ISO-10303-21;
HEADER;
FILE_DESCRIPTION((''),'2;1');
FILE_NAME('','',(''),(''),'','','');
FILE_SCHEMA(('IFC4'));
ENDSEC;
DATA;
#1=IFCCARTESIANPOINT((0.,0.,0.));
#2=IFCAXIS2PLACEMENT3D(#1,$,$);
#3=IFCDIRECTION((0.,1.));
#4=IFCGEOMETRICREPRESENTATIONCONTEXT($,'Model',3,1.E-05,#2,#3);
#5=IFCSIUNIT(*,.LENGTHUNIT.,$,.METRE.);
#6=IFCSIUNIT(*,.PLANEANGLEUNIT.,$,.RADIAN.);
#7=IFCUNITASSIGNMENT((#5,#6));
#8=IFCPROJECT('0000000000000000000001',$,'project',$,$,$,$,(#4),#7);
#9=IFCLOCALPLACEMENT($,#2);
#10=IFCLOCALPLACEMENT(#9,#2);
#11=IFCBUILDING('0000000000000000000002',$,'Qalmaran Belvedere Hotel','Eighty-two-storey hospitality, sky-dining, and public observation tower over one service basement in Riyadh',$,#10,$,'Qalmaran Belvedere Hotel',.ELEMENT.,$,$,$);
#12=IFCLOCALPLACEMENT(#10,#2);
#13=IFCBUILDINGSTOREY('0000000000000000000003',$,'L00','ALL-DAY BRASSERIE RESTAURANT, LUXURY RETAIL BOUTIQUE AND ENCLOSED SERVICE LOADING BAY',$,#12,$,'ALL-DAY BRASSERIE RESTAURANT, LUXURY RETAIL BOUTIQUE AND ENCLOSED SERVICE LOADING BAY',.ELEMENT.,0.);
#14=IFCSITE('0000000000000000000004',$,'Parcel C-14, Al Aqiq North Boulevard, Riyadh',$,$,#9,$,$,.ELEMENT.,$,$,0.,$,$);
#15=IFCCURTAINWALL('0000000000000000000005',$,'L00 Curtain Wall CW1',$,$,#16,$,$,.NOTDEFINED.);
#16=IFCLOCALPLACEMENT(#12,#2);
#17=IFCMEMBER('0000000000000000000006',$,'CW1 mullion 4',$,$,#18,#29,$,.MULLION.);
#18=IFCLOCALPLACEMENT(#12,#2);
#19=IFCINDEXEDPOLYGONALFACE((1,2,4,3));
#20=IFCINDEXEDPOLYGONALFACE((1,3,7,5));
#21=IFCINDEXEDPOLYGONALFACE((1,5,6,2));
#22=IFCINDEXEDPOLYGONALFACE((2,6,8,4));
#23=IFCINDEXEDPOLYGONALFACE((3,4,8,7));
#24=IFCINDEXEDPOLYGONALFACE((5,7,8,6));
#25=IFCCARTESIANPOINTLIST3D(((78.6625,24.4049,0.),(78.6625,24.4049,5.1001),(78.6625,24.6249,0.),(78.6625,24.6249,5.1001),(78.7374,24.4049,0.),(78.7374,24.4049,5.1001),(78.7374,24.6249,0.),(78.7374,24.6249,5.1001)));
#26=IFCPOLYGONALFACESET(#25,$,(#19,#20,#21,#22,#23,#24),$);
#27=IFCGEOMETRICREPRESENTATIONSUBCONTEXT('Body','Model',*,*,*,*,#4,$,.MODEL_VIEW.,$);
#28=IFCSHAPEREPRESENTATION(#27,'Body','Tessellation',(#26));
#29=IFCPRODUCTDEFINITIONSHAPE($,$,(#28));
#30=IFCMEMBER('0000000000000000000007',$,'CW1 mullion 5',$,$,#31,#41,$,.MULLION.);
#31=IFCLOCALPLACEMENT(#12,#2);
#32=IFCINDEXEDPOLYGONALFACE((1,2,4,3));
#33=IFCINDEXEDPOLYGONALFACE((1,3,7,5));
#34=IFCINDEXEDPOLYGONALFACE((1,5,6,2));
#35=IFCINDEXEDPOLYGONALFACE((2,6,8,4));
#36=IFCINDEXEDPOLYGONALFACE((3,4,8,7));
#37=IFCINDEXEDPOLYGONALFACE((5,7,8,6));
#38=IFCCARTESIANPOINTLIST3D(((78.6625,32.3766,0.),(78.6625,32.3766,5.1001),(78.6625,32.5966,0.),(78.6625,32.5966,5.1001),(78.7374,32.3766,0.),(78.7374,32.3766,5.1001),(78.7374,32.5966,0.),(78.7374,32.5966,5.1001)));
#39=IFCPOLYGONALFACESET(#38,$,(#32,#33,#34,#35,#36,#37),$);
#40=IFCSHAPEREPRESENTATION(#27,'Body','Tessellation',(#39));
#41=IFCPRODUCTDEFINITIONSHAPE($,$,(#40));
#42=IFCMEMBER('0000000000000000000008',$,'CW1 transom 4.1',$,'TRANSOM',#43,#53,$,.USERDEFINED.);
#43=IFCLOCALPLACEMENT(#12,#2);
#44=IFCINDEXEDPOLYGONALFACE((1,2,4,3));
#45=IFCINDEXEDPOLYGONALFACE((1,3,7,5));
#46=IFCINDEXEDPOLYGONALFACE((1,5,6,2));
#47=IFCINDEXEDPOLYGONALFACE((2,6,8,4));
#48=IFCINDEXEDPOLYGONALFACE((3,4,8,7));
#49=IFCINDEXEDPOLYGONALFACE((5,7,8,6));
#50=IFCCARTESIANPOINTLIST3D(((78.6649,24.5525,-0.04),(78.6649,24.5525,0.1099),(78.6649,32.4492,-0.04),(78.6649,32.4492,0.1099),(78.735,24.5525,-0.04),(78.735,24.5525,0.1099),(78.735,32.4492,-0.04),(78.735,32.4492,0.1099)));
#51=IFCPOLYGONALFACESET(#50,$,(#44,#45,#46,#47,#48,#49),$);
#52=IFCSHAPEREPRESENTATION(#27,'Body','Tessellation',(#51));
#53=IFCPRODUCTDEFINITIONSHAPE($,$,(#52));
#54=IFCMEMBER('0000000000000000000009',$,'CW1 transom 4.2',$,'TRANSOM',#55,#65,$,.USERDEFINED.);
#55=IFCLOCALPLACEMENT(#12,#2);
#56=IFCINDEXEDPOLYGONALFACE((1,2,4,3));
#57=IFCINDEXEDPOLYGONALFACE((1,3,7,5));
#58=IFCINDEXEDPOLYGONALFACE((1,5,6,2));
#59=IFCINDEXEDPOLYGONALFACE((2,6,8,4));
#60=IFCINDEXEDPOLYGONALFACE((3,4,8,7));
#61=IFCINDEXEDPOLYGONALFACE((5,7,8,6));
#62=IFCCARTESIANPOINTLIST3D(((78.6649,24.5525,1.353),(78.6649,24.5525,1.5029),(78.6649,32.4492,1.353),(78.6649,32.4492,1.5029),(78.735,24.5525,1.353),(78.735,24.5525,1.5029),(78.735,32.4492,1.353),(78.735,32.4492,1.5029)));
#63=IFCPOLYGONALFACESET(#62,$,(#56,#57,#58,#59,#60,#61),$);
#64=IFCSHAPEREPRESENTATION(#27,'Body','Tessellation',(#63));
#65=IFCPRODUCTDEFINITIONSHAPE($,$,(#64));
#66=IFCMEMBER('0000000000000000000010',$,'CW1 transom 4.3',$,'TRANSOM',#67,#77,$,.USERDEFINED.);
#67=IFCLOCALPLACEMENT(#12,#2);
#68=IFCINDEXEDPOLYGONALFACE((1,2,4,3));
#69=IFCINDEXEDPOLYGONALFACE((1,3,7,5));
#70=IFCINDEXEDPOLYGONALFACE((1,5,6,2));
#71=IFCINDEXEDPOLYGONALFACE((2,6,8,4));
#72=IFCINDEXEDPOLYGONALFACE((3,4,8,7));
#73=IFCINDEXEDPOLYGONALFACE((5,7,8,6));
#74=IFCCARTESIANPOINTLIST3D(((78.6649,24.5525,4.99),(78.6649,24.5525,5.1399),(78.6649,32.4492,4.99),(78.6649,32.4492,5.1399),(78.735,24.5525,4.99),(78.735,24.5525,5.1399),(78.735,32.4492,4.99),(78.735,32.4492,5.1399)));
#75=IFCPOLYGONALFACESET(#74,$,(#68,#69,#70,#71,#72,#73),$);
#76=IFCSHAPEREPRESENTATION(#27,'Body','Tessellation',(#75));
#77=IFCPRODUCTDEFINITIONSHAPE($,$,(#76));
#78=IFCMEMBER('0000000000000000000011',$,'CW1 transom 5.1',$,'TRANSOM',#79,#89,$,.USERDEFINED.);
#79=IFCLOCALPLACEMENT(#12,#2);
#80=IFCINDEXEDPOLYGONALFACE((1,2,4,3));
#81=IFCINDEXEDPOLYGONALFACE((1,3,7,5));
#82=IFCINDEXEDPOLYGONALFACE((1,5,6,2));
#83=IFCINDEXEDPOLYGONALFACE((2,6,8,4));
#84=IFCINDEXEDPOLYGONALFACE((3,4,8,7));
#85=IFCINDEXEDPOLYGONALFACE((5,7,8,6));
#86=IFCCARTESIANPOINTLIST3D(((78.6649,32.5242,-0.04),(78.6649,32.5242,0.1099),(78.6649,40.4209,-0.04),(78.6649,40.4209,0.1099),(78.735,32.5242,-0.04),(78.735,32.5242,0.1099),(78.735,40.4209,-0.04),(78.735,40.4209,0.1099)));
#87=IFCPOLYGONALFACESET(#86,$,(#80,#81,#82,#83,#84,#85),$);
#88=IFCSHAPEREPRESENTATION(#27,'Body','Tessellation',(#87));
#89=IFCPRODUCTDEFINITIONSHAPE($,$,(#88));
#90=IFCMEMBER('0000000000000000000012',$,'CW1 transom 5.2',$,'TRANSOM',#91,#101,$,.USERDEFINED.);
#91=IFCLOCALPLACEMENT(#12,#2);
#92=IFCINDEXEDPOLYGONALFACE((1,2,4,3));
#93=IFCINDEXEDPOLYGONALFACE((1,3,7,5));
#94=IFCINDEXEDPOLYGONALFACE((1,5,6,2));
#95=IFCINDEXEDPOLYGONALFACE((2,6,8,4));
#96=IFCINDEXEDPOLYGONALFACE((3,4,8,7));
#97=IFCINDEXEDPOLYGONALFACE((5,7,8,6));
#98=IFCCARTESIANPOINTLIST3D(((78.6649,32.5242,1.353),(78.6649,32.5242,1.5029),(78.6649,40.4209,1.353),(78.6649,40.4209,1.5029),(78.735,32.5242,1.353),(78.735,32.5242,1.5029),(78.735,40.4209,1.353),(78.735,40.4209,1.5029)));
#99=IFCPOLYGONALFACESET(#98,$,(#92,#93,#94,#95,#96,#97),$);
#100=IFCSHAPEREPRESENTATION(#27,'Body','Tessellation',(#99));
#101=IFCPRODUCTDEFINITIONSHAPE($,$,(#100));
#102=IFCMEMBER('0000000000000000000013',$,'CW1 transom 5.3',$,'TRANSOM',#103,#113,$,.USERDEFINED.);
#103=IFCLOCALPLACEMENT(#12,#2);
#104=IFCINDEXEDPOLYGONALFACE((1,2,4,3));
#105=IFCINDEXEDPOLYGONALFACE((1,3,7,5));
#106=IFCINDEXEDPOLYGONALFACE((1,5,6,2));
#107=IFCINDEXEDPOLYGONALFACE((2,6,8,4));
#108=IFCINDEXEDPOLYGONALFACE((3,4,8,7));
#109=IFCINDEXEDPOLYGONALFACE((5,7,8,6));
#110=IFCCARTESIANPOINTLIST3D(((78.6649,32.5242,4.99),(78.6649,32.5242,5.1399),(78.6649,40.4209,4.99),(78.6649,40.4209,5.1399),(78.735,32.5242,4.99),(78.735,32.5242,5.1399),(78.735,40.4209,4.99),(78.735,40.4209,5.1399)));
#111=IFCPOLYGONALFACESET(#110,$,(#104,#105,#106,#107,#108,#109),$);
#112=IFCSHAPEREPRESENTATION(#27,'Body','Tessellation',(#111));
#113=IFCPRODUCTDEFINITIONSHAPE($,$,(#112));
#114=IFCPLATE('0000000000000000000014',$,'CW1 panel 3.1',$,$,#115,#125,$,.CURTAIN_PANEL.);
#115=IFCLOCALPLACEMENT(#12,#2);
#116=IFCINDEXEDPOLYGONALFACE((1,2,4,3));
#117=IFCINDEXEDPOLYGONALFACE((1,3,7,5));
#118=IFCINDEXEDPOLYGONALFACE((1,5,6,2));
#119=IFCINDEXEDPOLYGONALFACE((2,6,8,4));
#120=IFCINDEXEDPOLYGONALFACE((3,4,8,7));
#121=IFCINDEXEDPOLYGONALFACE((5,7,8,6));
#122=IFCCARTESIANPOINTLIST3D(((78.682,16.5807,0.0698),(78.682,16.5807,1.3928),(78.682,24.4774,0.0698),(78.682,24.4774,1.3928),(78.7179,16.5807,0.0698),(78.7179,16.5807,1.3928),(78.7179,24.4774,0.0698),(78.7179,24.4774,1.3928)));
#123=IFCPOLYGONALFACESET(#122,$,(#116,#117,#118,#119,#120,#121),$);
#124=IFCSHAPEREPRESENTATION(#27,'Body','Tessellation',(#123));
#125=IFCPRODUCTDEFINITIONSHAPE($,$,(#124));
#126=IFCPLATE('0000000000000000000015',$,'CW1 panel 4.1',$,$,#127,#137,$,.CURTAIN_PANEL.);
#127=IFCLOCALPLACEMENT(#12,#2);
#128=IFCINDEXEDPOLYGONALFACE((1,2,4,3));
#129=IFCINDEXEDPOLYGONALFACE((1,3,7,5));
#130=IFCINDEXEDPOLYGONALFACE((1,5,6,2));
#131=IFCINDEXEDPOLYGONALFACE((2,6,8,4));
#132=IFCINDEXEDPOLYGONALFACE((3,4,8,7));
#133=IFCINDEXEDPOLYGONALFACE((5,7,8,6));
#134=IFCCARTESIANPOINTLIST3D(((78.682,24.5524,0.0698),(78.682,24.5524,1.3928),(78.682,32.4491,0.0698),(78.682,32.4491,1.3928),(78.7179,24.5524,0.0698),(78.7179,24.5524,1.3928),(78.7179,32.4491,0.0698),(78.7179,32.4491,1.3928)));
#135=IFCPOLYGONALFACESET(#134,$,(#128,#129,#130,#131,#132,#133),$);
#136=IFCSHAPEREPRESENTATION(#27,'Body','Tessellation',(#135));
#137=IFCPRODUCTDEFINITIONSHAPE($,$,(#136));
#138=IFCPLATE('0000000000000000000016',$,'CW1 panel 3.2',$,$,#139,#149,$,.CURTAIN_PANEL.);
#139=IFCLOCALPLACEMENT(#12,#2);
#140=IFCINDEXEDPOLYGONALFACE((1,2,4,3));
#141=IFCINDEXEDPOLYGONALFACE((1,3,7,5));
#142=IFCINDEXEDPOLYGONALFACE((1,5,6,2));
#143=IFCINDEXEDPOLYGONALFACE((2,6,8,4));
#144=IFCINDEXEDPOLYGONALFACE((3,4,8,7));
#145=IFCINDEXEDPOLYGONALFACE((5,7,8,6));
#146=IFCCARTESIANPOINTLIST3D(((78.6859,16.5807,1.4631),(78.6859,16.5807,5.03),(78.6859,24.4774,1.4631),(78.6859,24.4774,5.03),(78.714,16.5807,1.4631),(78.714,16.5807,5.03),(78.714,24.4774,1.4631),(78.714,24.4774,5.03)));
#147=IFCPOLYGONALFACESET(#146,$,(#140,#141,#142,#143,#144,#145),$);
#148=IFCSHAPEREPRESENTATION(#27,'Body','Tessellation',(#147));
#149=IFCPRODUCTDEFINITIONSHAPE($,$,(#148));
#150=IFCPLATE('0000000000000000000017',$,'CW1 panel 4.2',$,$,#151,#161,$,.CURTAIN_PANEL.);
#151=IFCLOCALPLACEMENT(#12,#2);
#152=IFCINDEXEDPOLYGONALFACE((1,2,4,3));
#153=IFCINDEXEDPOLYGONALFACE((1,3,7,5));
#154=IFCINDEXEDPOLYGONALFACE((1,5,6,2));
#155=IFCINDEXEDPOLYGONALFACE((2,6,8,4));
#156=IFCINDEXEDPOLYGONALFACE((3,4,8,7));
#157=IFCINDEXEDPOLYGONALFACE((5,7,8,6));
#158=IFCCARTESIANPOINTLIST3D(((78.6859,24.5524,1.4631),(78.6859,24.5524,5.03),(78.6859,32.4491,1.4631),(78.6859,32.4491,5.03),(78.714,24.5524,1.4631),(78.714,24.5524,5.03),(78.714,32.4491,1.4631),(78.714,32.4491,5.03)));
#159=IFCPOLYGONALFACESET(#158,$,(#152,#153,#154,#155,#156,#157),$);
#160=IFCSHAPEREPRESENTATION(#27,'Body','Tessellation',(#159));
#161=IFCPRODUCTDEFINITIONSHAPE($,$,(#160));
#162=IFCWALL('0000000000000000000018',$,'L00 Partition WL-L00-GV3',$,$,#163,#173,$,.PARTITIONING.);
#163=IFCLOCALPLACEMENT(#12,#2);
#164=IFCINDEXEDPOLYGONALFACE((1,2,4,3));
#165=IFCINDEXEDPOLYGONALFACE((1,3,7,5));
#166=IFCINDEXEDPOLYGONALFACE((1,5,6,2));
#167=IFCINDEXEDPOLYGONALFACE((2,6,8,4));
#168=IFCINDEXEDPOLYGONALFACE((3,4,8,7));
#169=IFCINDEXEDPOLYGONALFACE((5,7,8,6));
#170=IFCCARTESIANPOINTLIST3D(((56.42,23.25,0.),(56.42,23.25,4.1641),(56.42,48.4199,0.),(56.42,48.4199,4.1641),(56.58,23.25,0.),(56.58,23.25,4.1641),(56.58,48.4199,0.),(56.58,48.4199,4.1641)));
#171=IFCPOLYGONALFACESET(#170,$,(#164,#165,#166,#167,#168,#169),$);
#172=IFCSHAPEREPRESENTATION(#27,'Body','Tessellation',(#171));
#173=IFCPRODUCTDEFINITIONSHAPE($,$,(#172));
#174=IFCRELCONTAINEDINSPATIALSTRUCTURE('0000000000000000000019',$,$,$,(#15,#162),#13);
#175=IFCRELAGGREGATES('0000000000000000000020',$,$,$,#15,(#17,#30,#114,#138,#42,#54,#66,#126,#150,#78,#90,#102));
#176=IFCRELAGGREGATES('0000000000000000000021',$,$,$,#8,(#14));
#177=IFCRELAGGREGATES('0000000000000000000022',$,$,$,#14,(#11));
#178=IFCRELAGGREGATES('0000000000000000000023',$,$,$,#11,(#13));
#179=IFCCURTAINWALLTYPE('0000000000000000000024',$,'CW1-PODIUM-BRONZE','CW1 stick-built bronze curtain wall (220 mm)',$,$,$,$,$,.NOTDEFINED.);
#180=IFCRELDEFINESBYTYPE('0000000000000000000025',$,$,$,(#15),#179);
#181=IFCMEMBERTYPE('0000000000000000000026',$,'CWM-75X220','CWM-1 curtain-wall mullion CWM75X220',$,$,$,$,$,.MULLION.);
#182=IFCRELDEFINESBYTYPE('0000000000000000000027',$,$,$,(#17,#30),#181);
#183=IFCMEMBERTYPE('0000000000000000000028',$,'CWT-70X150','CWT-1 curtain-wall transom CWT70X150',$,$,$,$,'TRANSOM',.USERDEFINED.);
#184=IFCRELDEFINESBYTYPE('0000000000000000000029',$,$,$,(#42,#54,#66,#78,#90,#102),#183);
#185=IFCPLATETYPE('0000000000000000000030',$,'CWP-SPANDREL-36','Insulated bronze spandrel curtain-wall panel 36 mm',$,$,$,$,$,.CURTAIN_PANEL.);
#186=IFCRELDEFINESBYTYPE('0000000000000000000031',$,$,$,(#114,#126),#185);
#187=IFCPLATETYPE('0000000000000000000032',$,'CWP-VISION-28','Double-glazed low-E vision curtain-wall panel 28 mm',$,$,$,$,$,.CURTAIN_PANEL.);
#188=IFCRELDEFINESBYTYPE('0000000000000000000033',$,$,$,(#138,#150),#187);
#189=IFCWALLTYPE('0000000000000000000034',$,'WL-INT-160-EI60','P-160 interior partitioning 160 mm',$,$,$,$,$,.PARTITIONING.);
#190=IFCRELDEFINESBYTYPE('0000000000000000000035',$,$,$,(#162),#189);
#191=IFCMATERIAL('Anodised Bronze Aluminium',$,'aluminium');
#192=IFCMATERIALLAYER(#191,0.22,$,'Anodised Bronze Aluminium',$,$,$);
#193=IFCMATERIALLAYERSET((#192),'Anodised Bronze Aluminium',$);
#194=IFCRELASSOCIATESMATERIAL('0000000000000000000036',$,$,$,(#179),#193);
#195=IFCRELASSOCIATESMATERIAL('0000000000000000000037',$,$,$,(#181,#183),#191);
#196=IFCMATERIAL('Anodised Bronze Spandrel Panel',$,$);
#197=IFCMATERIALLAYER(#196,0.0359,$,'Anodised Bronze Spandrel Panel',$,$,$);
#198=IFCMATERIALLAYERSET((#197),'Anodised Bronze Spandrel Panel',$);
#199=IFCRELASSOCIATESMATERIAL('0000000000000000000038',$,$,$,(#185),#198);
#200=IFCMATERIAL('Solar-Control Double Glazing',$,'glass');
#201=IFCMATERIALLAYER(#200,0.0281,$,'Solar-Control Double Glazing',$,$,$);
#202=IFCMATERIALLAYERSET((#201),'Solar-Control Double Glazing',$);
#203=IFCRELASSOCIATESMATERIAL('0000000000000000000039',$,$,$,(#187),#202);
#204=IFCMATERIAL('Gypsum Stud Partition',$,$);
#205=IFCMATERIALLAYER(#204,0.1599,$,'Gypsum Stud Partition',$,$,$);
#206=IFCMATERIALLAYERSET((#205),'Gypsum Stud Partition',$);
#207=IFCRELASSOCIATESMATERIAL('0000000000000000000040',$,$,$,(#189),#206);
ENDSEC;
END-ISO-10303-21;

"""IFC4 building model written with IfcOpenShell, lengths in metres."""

from ifc_helpers import new_model, si_unit, direction, frame, frame_2d, origin, origin_2d, place, context, subcontext, project, spatial, rectangle, extrude, material, layer, layer_set, material_profile, profile_set, type_object, element, aggregate, save


model = new_model("IFC4")

# Units and contexts
model_context = context("Model", 3, precision=1e-05, world=origin(), true_north=direction((0.0, 1.0)))
body_context = subcontext(model_context, "Body", "Model", "MODEL_VIEW")
ifc_project = project(units=[si_unit("LENGTHUNIT", "METRE"), si_unit("PLANEANGLEUNIT", "RADIAN")], contexts=[model_context])

# Site, building, storey
site_placement = place(None, origin())
site = spatial("IfcSite", under=ifc_project, at=site_placement, Name="Parcel C-14, Al Aqiq North Boulevard, Riyadh", CompositionType="ELEMENT", RefElevation=0.0)
building_placement = place(site_placement, origin())
building = spatial("IfcBuilding", under=site, at=building_placement, Name="Qalmaran Belvedere Hotel", Description="Eighty-two-storey hospitality, sky-dining, and public observation tower over one service basement in Riyadh", LongName="Qalmaran Belvedere Hotel", CompositionType="ELEMENT")
storey_placement = place(building_placement, origin())
storey = spatial("IfcBuildingStorey", under=building, at=storey_placement, Name="L00", Description="ALL-DAY BRASSERIE RESTAURANT, LUXURY RETAIL BOUTIQUE AND ENCLOSED SERVICE LOADING BAY", LongName="ALL-DAY BRASSERIE RESTAURANT, LUXURY RETAIL BOUTIQUE AND ENCLOSED SERVICE LOADING BAY", CompositionType="ELEMENT", Elevation=0.0)

# Curtain wall, members, plates
ifc_material_1 = material(Name="Anodised Bronze Aluminium", Category="aluminium")
ifc_layer_1 = layer(ifc_material_1, 0.22, Name="Anodised Bronze Aluminium")
ifc_layer_set_1 = layer_set([ifc_layer_1], Name="Anodised Bronze Aluminium")
curtain_wall_type = type_object("IfcCurtainWallType", Name="CW1-PODIUM-BRONZE", Description="CW1 stick-built bronze curtain wall (220 mm)", PredefinedType="NOTDEFINED", material=ifc_layer_set_1)
curtain_wall_placement = place(storey_placement, origin())
curtain_wall = element("IfcCurtainWall", 1, at=curtain_wall_placement, inside=storey, type_object=curtain_wall_type, Name="L00 Curtain Wall CW1", PredefinedType="NOTDEFINED")
ifc_material_profile_1 = material_profile(ifc_material_1, rectangle(XDim=0.075, YDim=0.22, at=origin_2d()), Name="CWM75X220")
ifc_profile_set_1 = profile_set([ifc_material_profile_1], Name="Anodised Bronze Aluminium")
member_type_1 = type_object("IfcMemberType", Name="CWM-75X220", Description="CWM-1 curtain-wall mullion CWM75X220", PredefinedType="MULLION", material=ifc_profile_set_1)
member_1_placement = place(storey_placement, frame((78.7, 24.5149, 0.0), z_axis=(0.0, 0.0, 1.0), x_axis=(-1.0, 0.0, 0.0)))
member_1 = element("IfcMember", 2, at=member_1_placement, type_object=member_type_1, Name="CW1 mullion 4", PredefinedType="MULLION", context=body_context, shape_type="SweptSolid", body=[
    extrude(rectangle(XDim=0.075, YDim=0.22, at=origin_2d()), origin(), (0.0, 0.0, 1.0), 5.1001),
])
member_2_placement = place(storey_placement, frame((78.7, 32.4866, 0.0), z_axis=(0.0, 0.0, 1.0), x_axis=(-1.0, 0.0, 0.0)))
member_2 = element("IfcMember", 3, at=member_2_placement, type_object=member_type_1, Name="CW1 mullion 5", PredefinedType="MULLION", context=body_context, shape_type="SweptSolid", body=[
    extrude(rectangle(XDim=0.075, YDim=0.22, at=origin_2d()), origin(), (0.0, 0.0, 1.0), 5.1001),
])
ifc_material_profile_2 = material_profile(ifc_material_1, rectangle(XDim=0.0701, YDim=0.1499, at=origin_2d()), Name="CWT70X150")
ifc_profile_set_2 = profile_set([ifc_material_profile_2], Name="Anodised Bronze Aluminium")
member_type_2 = type_object("IfcMemberType", Name="CWT-70X150", Description="CWT-1 curtain-wall transom CWT70X150", ElementType="TRANSOM", PredefinedType="USERDEFINED", material=ifc_profile_set_2)
member_3_placement = place(storey_placement, frame((78.7, 24.5525, 0.0349), z_axis=(0.0, 1.0, 0.0), x_axis=(-1.0, 0.0, 0.0)))
member_3 = element("IfcMember", 4, at=member_3_placement, type_object=member_type_2, Name="CW1 transom 4.1", ObjectType="TRANSOM", PredefinedType="USERDEFINED", context=body_context, shape_type="SweptSolid", body=[
    extrude(rectangle(XDim=0.0701, YDim=0.1499, at=origin_2d()), origin(), (0.0, 0.0, 1.0), 7.8967),
])
member_4_placement = place(storey_placement, frame((78.7, 24.5525, 1.428), z_axis=(0.0, 1.0, 0.0), x_axis=(-1.0, 0.0, 0.0)))
member_4 = element("IfcMember", 5, at=member_4_placement, type_object=member_type_2, Name="CW1 transom 4.2", ObjectType="TRANSOM", PredefinedType="USERDEFINED", context=body_context, shape_type="SweptSolid", body=[
    extrude(rectangle(XDim=0.0701, YDim=0.1499, at=origin_2d()), origin(), (0.0, 0.0, 1.0), 7.8967),
])
member_5_placement = place(storey_placement, frame((78.7, 24.5525, 5.0649), z_axis=(0.0, 1.0, 0.0), x_axis=(-1.0, 0.0, 0.0)))
member_5 = element("IfcMember", 6, at=member_5_placement, type_object=member_type_2, Name="CW1 transom 4.3", ObjectType="TRANSOM", PredefinedType="USERDEFINED", context=body_context, shape_type="SweptSolid", body=[
    extrude(rectangle(XDim=0.0701, YDim=0.1499, at=origin_2d()), origin(), (0.0, 0.0, 1.0), 7.8967),
])
member_6_placement = place(storey_placement, frame((78.7, 32.5242, 0.0349), z_axis=(0.0, 1.0, 0.0), x_axis=(-1.0, 0.0, 0.0)))
member_6 = element("IfcMember", 7, at=member_6_placement, type_object=member_type_2, Name="CW1 transom 5.1", ObjectType="TRANSOM", PredefinedType="USERDEFINED", context=body_context, shape_type="SweptSolid", body=[
    extrude(rectangle(XDim=0.0701, YDim=0.1499, at=origin_2d()), origin(), (0.0, 0.0, 1.0), 7.8967),
])
member_7_placement = place(storey_placement, frame((78.7, 32.5242, 1.428), z_axis=(0.0, 1.0, 0.0), x_axis=(-1.0, 0.0, 0.0)))
member_7 = element("IfcMember", 8, at=member_7_placement, type_object=member_type_2, Name="CW1 transom 5.2", ObjectType="TRANSOM", PredefinedType="USERDEFINED", context=body_context, shape_type="SweptSolid", body=[
    extrude(rectangle(XDim=0.0701, YDim=0.1499, at=origin_2d()), origin(), (0.0, 0.0, 1.0), 7.8967),
])
member_8_placement = place(storey_placement, frame((78.7, 32.5242, 5.0649), z_axis=(0.0, 1.0, 0.0), x_axis=(-1.0, 0.0, 0.0)))
member_8 = element("IfcMember", 9, at=member_8_placement, type_object=member_type_2, Name="CW1 transom 5.3", ObjectType="TRANSOM", PredefinedType="USERDEFINED", context=body_context, shape_type="SweptSolid", body=[
    extrude(rectangle(XDim=0.0701, YDim=0.1499, at=origin_2d()), origin(), (0.0, 0.0, 1.0), 7.8967),
])
ifc_material_2 = material(Name="Anodised Bronze Spandrel Panel")
ifc_layer_2 = layer(ifc_material_2, 0.0359, Name="Anodised Bronze Spandrel Panel")
ifc_layer_set_2 = layer_set([ifc_layer_2], Name="Anodised Bronze Spandrel Panel")
plate_type_1 = type_object("IfcPlateType", Name="CWP-SPANDREL-36", Description="Insulated bronze spandrel curtain-wall panel 36 mm", PredefinedType="CURTAIN_PANEL", material=ifc_layer_set_2)
plate_1_placement = place(storey_placement, frame((78.7, 20.5291, 0.0698), z_axis=(0.0, 0.0, 1.0), x_axis=(0.0, 1.0, 0.0)))
plate_1 = element("IfcPlate", 10, at=plate_1_placement, type_object=plate_type_1, Name="CW1 panel 3.1", PredefinedType="CURTAIN_PANEL", context=body_context, shape_type="SweptSolid", body=[
    extrude(rectangle(XDim=7.8967, YDim=0.0359, at=origin_2d()), origin(), (0.0, 0.0, 1.0), 1.323),
])
plate_2_placement = place(storey_placement, frame((78.7, 28.5007, 0.0698), z_axis=(0.0, 0.0, 1.0), x_axis=(0.0, 1.0, 0.0)))
plate_2 = element("IfcPlate", 11, at=plate_2_placement, type_object=plate_type_1, Name="CW1 panel 4.1", PredefinedType="CURTAIN_PANEL", context=body_context, shape_type="SweptSolid", body=[
    extrude(rectangle(XDim=7.8967, YDim=0.0359, at=origin_2d()), origin(), (0.0, 0.0, 1.0), 1.323),
])
ifc_material_3 = material(Name="Solar-Control Double Glazing", Category="glass")
ifc_layer_3 = layer(ifc_material_3, 0.0281, Name="Solar-Control Double Glazing")
ifc_layer_set_3 = layer_set([ifc_layer_3], Name="Solar-Control Double Glazing")
plate_type_2 = type_object("IfcPlateType", Name="CWP-VISION-28", Description="Double-glazed low-E vision curtain-wall panel 28 mm", PredefinedType="CURTAIN_PANEL", material=ifc_layer_set_3)
plate_3_placement = place(storey_placement, frame((78.7, 20.5291, 1.4631), z_axis=(0.0, 0.0, 1.0), x_axis=(0.0, 1.0, 0.0)))
plate_3 = element("IfcPlate", 12, at=plate_3_placement, type_object=plate_type_2, Name="CW1 panel 3.2", PredefinedType="CURTAIN_PANEL", context=body_context, shape_type="SweptSolid", body=[
    extrude(rectangle(XDim=7.8967, YDim=0.0281, at=origin_2d()), origin(), (0.0, 0.0, 1.0), 3.5669),
])
plate_4_placement = place(storey_placement, frame((78.7, 28.5007, 1.4631), z_axis=(0.0, 0.0, 1.0), x_axis=(0.0, 1.0, 0.0)))
plate_4 = element("IfcPlate", 13, at=plate_4_placement, type_object=plate_type_2, Name="CW1 panel 4.2", PredefinedType="CURTAIN_PANEL", context=body_context, shape_type="SweptSolid", body=[
    extrude(rectangle(XDim=7.8967, YDim=0.0281, at=origin_2d()), origin(), (0.0, 0.0, 1.0), 3.5669),
])
aggregate(curtain_wall, [member_1, member_2, plate_1, plate_3, member_3, member_4, member_5, plate_2, plate_4, member_6, member_7, member_8])

# Wall
ifc_material_4 = material(Name="Gypsum Stud Partition")
ifc_layer_4 = layer(ifc_material_4, 0.1599, Name="Gypsum Stud Partition")
ifc_layer_set_4 = layer_set([ifc_layer_4], Name="Gypsum Stud Partition")
wall_type_1 = type_object("IfcWallType", Name="WL-INT-160-EI60", Description="P-160 interior partitioning 160 mm", PredefinedType="PARTITIONING", material=ifc_layer_set_4)
wall_1_placement = place(storey_placement, frame((56.5, 23.25, 0.0), z_axis=(0.0, 0.0, 1.0), x_axis=(0.0, 1.0, 0.0)))
element("IfcWall", 14, at=wall_1_placement, inside=storey, type_object=wall_type_1, Name="L00 Partition WL-L00-GV3", PredefinedType="PARTITIONING", context=body_context, shape_type="SweptSolid", body=[
    extrude(rectangle(XDim=25.1699, YDim=0.1599, at=frame_2d((12.585, 0.0))), origin(), (0.0, 0.0, 1.0), 4.1641),
])

save(model, "model.ifc")
